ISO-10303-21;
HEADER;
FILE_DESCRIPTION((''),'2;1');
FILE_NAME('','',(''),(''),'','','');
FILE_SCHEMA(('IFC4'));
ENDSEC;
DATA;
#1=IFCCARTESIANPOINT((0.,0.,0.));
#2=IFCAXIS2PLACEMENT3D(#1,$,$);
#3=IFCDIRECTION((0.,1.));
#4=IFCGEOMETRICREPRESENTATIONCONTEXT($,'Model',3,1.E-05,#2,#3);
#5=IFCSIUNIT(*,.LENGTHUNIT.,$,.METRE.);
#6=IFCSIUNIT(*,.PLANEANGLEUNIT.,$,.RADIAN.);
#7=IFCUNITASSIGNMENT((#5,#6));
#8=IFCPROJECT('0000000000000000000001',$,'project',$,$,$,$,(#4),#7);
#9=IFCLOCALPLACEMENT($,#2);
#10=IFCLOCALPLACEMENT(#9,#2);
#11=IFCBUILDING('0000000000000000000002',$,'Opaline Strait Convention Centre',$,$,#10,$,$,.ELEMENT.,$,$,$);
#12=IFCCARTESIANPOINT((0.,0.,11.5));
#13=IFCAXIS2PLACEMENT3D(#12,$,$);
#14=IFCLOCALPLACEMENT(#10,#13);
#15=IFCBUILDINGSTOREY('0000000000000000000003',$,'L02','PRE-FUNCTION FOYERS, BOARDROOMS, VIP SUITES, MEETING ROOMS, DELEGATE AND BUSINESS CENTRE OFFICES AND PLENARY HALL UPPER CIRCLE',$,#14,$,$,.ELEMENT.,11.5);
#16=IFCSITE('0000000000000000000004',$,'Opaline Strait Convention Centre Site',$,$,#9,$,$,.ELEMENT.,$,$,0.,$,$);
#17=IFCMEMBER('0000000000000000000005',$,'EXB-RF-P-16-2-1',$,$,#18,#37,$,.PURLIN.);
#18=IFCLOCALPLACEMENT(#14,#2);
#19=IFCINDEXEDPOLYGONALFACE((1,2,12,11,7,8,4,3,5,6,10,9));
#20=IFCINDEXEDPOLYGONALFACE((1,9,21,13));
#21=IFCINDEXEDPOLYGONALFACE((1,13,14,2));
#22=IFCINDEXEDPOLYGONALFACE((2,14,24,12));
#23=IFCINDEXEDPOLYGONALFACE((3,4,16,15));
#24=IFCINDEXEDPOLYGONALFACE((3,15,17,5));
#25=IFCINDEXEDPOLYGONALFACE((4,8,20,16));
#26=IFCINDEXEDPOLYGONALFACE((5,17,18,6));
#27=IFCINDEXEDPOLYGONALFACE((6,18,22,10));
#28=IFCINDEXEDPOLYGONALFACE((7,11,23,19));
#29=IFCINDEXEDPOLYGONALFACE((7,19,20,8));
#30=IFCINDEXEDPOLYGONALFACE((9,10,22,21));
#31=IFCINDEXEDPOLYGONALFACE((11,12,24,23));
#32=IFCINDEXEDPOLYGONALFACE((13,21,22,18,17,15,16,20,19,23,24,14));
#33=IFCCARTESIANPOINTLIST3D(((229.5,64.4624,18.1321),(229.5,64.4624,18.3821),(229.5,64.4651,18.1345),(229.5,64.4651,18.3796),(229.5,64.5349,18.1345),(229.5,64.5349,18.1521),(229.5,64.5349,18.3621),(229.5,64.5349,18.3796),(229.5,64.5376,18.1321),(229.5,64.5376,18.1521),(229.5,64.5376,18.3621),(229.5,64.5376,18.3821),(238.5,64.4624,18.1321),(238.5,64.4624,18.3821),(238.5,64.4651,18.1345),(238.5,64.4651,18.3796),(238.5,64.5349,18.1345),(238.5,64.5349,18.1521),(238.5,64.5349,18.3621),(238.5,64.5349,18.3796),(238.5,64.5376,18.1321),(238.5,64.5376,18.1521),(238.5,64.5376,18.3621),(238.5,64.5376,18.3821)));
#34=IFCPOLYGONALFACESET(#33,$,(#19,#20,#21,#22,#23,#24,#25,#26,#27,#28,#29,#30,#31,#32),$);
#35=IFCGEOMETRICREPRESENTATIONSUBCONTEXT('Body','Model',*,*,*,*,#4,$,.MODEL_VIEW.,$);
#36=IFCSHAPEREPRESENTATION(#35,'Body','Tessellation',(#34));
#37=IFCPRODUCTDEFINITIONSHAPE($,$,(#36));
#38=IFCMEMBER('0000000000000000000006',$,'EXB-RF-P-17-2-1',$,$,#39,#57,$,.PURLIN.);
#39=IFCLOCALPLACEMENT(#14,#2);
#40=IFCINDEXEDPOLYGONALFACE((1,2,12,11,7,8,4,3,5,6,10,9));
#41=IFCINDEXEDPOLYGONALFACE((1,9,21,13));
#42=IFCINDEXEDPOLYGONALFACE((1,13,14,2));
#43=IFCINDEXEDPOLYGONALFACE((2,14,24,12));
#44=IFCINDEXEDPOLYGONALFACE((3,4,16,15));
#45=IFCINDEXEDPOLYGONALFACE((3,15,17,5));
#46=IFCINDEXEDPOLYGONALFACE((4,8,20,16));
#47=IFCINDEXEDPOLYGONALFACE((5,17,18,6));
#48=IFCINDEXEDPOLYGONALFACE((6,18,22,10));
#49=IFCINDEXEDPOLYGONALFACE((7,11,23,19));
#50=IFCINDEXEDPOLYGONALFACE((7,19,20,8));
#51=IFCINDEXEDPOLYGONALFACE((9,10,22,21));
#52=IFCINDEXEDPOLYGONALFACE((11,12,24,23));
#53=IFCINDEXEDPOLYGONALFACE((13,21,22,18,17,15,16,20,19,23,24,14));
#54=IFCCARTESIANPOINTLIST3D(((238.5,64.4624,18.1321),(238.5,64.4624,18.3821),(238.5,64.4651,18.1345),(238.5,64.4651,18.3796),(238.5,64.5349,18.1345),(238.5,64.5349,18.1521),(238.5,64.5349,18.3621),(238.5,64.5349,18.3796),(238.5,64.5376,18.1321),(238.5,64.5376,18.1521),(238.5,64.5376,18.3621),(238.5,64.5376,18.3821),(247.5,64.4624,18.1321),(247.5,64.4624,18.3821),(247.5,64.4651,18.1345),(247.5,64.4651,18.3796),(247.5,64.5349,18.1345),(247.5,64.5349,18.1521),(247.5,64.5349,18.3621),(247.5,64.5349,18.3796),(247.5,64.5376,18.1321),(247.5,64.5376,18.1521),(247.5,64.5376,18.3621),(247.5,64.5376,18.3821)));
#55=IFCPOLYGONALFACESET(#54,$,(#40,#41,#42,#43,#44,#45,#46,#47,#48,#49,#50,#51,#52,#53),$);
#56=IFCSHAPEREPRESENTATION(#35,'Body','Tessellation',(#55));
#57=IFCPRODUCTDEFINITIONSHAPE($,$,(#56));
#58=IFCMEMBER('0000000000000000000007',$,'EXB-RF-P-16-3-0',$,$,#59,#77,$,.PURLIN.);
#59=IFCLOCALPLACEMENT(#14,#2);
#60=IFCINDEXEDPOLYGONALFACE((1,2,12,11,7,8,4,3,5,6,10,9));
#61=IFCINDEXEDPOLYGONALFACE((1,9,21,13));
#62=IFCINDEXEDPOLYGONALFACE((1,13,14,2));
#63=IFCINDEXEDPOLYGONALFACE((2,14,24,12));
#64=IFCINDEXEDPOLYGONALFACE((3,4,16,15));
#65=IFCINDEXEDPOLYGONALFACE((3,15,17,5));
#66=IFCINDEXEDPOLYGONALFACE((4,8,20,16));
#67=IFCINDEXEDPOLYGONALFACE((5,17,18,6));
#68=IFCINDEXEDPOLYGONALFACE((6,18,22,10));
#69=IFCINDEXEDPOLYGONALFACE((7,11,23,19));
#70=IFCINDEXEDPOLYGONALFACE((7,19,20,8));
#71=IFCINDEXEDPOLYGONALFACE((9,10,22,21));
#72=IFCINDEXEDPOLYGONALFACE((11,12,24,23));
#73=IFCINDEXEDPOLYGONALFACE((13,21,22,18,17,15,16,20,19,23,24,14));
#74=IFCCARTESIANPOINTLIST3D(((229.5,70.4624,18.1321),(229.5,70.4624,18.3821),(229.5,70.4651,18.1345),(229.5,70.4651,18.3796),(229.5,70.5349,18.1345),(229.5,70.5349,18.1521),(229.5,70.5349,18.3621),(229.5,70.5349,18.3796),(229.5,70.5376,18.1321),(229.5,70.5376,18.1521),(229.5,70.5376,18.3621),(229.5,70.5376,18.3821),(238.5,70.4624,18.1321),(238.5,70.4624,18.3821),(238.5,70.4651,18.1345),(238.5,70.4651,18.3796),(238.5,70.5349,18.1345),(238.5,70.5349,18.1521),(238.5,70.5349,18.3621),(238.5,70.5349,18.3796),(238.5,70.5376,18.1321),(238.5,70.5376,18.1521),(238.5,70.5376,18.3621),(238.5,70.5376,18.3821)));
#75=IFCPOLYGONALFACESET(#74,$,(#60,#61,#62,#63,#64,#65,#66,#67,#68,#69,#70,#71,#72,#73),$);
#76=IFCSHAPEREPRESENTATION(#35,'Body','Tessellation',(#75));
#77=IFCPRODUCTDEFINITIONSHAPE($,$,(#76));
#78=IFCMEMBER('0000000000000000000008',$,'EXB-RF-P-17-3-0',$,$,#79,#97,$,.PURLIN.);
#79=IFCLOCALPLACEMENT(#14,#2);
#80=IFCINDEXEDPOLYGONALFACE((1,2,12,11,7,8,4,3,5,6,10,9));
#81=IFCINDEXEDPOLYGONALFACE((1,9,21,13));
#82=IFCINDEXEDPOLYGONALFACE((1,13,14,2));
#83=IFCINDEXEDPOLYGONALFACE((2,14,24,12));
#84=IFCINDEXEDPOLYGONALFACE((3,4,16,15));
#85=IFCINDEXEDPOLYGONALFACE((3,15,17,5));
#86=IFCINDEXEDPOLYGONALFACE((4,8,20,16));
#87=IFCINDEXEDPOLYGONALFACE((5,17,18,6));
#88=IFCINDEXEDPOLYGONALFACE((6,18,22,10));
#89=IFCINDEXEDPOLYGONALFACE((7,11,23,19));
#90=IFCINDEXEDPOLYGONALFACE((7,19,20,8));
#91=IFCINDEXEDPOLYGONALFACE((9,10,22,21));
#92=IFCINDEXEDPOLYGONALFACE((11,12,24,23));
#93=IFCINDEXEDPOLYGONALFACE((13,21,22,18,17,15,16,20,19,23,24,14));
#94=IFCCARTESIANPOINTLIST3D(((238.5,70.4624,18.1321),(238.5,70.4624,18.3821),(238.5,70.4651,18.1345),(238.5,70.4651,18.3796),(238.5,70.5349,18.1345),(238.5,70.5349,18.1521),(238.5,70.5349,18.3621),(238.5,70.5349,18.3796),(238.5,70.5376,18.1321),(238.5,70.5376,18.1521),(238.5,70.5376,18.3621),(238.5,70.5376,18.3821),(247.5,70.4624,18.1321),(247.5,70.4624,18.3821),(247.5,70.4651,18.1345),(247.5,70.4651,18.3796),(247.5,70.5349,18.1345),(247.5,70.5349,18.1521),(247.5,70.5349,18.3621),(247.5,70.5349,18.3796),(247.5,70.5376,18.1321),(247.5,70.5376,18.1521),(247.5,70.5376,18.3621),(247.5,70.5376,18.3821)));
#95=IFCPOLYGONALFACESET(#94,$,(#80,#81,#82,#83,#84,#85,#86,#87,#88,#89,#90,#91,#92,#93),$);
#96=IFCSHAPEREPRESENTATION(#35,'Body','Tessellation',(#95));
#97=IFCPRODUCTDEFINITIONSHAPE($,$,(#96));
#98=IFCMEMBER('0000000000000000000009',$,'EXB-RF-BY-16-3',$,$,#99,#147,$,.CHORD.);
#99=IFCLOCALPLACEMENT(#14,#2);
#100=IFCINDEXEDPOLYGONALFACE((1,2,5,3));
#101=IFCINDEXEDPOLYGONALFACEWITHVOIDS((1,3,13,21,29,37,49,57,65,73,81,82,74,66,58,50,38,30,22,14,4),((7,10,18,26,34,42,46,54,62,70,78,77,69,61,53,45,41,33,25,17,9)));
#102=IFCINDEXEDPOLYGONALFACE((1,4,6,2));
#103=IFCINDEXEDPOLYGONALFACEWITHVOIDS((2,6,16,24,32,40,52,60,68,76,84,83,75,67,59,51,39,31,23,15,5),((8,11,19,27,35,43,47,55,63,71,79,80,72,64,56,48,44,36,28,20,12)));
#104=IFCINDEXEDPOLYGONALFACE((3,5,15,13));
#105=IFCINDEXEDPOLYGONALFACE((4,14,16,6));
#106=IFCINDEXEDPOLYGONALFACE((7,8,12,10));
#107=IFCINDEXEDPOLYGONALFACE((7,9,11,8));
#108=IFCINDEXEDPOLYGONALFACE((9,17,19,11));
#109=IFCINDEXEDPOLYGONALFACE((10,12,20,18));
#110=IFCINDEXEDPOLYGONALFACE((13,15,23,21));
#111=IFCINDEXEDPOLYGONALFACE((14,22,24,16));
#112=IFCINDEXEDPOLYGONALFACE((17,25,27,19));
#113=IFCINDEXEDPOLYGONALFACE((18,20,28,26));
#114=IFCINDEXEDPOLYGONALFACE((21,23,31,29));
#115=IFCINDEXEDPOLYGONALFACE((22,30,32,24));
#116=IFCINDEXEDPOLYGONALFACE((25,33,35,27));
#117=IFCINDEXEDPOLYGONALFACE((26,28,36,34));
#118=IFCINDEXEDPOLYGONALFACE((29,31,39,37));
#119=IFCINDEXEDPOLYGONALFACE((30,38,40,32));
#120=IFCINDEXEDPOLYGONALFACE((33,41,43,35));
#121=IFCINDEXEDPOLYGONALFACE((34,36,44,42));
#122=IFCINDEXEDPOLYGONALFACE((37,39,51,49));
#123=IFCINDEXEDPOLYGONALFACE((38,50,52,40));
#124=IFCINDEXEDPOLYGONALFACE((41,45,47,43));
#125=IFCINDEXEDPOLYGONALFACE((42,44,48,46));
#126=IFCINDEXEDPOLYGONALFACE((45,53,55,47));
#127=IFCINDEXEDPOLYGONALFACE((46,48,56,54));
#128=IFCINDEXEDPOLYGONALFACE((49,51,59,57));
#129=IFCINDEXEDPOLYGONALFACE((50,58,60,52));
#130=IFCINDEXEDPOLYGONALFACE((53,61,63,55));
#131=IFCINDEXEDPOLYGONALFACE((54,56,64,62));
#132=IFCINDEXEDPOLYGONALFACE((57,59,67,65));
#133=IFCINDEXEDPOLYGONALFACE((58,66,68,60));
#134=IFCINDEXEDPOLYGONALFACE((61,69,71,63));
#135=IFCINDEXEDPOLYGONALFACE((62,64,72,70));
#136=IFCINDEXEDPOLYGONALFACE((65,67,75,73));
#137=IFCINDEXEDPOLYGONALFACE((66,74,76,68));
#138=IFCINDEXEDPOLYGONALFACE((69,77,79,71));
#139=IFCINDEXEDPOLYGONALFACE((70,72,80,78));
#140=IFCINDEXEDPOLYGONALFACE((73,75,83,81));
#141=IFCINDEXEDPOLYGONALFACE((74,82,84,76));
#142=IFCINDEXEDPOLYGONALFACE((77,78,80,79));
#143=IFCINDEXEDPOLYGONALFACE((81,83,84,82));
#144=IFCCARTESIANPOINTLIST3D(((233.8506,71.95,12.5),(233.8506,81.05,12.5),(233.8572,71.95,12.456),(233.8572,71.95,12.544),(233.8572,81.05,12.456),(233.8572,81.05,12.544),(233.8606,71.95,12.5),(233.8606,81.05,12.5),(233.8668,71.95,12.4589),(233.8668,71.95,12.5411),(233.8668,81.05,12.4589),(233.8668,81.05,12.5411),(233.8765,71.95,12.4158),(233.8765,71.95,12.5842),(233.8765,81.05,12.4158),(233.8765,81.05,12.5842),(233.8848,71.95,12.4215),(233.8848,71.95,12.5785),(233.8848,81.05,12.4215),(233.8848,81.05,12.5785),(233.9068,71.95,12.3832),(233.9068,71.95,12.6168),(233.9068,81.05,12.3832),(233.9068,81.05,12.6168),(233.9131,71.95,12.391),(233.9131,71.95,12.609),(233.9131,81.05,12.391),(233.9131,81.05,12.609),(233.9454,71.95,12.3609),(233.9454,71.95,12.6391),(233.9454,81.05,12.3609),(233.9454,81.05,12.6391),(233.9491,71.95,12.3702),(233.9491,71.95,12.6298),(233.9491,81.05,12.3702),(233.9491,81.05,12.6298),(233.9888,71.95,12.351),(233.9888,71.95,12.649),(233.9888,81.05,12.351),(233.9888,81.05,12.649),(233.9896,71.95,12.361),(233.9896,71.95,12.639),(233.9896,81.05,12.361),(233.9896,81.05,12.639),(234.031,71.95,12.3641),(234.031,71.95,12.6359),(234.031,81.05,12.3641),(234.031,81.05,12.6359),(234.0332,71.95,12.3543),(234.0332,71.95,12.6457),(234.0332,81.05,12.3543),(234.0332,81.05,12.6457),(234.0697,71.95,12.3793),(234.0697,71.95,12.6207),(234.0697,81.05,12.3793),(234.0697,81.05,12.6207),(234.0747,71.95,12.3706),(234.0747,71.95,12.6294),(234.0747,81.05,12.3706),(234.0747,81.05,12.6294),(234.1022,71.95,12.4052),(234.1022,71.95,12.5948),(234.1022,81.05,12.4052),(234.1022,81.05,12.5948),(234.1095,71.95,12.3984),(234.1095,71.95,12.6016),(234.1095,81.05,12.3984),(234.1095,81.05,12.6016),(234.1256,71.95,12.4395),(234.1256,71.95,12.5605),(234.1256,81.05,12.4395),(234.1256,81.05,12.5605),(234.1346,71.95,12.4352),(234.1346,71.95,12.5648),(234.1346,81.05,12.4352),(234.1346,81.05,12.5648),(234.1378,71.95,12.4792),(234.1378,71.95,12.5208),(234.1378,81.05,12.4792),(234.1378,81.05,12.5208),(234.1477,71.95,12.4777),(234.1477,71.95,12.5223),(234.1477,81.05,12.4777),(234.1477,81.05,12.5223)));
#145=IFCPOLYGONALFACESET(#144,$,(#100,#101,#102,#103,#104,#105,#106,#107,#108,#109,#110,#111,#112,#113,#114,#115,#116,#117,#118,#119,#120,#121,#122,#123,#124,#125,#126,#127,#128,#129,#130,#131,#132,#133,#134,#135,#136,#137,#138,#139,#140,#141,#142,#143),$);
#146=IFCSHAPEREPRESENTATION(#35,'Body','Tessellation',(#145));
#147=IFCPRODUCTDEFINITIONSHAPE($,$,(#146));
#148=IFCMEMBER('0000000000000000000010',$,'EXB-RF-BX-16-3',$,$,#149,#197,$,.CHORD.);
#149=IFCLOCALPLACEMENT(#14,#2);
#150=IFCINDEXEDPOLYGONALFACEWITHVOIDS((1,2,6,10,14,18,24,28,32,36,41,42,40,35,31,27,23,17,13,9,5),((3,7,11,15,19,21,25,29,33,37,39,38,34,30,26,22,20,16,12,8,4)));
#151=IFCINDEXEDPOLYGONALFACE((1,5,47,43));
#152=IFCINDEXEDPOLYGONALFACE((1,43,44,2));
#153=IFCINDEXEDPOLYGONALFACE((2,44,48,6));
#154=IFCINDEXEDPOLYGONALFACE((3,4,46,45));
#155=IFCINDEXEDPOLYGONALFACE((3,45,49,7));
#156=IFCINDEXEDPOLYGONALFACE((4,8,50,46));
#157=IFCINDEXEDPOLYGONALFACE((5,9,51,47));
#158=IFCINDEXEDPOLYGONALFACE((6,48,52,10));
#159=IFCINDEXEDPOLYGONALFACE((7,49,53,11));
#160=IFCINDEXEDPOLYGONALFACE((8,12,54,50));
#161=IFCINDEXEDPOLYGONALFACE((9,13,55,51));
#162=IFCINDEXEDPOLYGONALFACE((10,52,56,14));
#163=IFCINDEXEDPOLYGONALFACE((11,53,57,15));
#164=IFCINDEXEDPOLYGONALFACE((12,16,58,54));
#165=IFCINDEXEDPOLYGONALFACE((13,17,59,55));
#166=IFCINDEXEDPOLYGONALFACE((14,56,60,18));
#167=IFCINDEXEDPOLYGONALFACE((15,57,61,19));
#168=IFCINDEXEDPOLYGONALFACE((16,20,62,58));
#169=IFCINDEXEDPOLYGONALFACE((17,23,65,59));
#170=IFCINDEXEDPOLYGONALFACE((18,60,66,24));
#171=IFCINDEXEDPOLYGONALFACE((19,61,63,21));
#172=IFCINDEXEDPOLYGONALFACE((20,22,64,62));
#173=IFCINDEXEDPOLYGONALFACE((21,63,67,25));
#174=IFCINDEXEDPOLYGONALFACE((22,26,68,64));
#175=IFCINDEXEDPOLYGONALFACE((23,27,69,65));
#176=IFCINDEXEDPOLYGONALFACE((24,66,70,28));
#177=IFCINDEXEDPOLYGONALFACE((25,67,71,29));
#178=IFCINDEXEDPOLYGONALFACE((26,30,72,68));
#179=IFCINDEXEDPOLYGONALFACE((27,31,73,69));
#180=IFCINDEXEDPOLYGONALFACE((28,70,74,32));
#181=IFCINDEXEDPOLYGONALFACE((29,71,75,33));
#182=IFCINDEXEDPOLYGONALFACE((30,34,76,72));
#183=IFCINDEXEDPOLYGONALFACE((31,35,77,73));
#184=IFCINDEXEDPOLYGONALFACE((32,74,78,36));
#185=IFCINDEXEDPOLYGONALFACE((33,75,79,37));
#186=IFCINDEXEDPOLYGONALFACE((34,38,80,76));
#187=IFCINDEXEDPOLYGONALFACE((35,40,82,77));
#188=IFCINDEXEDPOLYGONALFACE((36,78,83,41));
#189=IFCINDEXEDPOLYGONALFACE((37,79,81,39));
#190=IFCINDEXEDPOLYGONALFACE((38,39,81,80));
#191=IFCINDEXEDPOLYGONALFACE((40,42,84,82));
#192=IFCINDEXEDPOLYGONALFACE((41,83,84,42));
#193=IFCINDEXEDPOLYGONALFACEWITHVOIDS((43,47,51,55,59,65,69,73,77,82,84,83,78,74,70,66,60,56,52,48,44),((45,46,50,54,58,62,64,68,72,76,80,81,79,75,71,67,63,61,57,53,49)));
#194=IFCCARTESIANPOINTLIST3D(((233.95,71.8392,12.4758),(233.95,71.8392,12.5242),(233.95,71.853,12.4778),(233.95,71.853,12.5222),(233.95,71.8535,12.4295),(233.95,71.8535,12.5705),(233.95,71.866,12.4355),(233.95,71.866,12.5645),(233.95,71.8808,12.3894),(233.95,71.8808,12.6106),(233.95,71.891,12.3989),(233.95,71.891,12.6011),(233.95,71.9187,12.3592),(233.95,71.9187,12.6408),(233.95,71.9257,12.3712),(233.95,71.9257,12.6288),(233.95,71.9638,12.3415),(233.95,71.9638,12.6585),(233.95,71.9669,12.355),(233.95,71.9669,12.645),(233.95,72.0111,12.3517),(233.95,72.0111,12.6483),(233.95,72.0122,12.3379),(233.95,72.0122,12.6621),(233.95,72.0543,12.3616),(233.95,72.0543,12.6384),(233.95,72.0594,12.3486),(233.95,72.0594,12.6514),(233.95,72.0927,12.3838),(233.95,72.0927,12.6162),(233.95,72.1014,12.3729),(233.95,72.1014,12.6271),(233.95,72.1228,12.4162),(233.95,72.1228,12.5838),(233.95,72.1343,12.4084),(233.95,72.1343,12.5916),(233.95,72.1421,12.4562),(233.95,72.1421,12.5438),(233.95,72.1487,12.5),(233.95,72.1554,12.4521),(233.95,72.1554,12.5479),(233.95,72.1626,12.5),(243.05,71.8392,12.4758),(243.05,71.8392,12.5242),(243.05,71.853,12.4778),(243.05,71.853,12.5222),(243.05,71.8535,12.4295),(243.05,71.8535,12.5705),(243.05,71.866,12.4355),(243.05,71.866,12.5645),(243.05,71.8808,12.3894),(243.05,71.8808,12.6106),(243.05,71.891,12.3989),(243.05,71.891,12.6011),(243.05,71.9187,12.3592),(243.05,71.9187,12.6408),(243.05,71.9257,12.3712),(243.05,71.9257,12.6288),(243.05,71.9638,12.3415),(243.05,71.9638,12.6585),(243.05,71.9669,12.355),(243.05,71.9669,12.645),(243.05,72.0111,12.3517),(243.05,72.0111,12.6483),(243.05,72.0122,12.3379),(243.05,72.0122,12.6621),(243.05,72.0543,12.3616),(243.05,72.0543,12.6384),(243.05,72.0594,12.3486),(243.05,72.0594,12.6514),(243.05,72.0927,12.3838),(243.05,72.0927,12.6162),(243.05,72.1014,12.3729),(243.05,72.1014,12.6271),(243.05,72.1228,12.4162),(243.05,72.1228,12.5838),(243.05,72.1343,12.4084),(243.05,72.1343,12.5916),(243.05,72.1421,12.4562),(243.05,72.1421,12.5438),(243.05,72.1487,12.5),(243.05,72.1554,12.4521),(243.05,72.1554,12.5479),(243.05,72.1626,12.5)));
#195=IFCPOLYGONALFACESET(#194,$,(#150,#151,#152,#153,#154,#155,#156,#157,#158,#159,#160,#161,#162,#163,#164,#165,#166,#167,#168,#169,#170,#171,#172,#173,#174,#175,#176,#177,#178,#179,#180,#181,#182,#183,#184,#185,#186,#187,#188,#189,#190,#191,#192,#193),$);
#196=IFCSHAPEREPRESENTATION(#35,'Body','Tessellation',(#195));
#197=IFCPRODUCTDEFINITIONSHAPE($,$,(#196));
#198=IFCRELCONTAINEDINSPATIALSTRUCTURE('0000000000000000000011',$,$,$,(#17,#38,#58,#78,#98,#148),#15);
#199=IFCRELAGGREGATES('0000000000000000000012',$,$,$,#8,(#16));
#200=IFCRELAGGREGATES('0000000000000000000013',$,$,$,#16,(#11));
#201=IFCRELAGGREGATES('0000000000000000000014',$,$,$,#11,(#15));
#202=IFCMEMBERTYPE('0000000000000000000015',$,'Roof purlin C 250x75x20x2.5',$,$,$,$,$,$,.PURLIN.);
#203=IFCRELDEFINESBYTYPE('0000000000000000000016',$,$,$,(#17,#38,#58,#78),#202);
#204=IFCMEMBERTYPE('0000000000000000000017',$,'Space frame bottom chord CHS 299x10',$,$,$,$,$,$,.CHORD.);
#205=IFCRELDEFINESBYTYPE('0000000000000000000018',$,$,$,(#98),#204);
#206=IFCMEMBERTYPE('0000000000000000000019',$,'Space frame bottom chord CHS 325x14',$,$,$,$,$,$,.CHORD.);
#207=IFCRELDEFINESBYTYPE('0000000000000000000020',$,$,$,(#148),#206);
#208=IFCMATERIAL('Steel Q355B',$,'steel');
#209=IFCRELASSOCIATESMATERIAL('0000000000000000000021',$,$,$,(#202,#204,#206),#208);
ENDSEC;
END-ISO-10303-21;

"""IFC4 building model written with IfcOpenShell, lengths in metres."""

from ifc_helpers import new_model, si_unit, direction, frame, origin, origin_2d, place, context, subcontext, project, spatial, polyline, hollow_circle, outline, extrude, material, material_profile, profile_set, type_object, element, save


model = new_model("IFC4")

# Units and contexts
model_context = context("Model", 3, precision=1e-05, world=origin(), true_north=direction((0.0, 1.0)))
body_context = subcontext(model_context, "Body", "Model", "MODEL_VIEW")
ifc_project = project(units=[si_unit("LENGTHUNIT", "METRE"), si_unit("PLANEANGLEUNIT", "RADIAN")], contexts=[model_context])

# Site, building, storey
site_placement = place(None, origin())
site = spatial("IfcSite", under=ifc_project, at=site_placement, Name="Opaline Strait Convention Centre Site", CompositionType="ELEMENT", RefElevation=0.0)
building_placement = place(site_placement, origin())
building = spatial("IfcBuilding", under=site, at=building_placement, Name="Opaline Strait Convention Centre", CompositionType="ELEMENT")
storey_placement = place(building_placement, frame((0.0, 0.0, 11.5)))
storey = spatial("IfcBuildingStorey", under=building, at=storey_placement, Name="L02", Description="PRE-FUNCTION FOYERS, BOARDROOMS, VIP SUITES, MEETING ROOMS, DELEGATE AND BUSINESS CENTRE OFFICES AND PLENARY HALL UPPER CIRCLE", CompositionType="ELEMENT", Elevation=11.5)

# Members
ifc_material_1 = material(Name="Steel Q355B", Category="steel")
ifc_material_profile_1 = material_profile(ifc_material_1, outline(polyline([(-0.0376, -0.125), (0.0376, -0.125), (0.0376, -0.105), (0.0349, -0.105), (0.0349, -0.1226), (-0.0349, -0.1226), (-0.0349, 0.1226), (0.0349, 0.1226), (0.0349, 0.105), (0.0376, 0.105), (0.0376, 0.125), (-0.0376, 0.125), (-0.0376, -0.125)])), Name="C 250x75x20x2.5")
ifc_profile_set_1 = profile_set([ifc_material_profile_1], Name="Steel Q355B")
member_type_1 = type_object("IfcMemberType", Name="Roof purlin C 250x75x20x2.5", PredefinedType="PURLIN", material=ifc_profile_set_1)
for number, where, z_axis, x_axis, name in (
    (1, (229.5, 64.5, 18.2571), (1.0, 0.0, 0.0), (0.0, 1.0, 0.0), "EXB-RF-P-16-2-1"),
    (2, (238.5, 64.5, 18.2571), (1.0, 0.0, 0.0), (0.0, 1.0, 0.0), "EXB-RF-P-17-2-1"),
    (3, (229.5, 70.5, 18.2571), (1.0, 0.0, 0.0), (0.0, 1.0, 0.0), "EXB-RF-P-16-3-0"),
    (4, (238.5, 70.5, 18.2571), (1.0, 0.0, 0.0), (0.0, 1.0, 0.0), "EXB-RF-P-17-3-0"),
):
    element("IfcMember", number, at=place(storey_placement, frame(where, z_axis=z_axis, x_axis=x_axis)), inside=storey, type_object=member_type_1, Name=name, PredefinedType="PURLIN", context=body_context, shape_type="SweptSolid", body=[
        extrude(outline(polyline([(-0.0376, -0.125), (0.0376, -0.125), (0.0376, -0.105), (0.0349, -0.105), (0.0349, -0.1226), (-0.0349, -0.1226), (-0.0349, 0.1226), (0.0349, 0.1226), (0.0349, 0.105), (0.0376, 0.105), (0.0376, 0.125), (-0.0376, 0.125), (-0.0376, -0.125)])), origin(), (0.0, 0.0, 1.0), 9.0),
    ])
ifc_material_profile_2 = material_profile(ifc_material_1, hollow_circle(Radius=0.1494, WallThickness=0.01, at=origin_2d()), Name="CHS 299x10")
ifc_profile_set_2 = profile_set([ifc_material_profile_2], Name="Steel Q355B")
member_type_2 = type_object("IfcMemberType", Name="Space frame bottom chord CHS 299x10", PredefinedType="CHORD", material=ifc_profile_set_2)
member_1_placement = place(storey_placement, frame((234.0, 71.95, 12.5), z_axis=(0.0, 1.0, 0.0), x_axis=(-1.0, 0.0, 0.0)))
element("IfcMember", 5, at=member_1_placement, inside=storey, type_object=member_type_2, Name="EXB-RF-BY-16-3", PredefinedType="CHORD", context=body_context, shape_type="SweptSolid", body=[
    extrude(hollow_circle(Radius=0.1494, WallThickness=0.01, at=origin_2d()), origin(), (0.0, 0.0, 1.0), 9.1001),
])
ifc_material_profile_3 = material_profile(ifc_material_1, hollow_circle(Radius=0.1626, WallThickness=0.0139, at=origin_2d()), Name="CHS 325x14")
ifc_profile_set_3 = profile_set([ifc_material_profile_3], Name="Steel Q355B")
member_type_3 = type_object("IfcMemberType", Name="Space frame bottom chord CHS 325x14", PredefinedType="CHORD", material=ifc_profile_set_3)
for number, where, z_axis, x_axis, name in (
    (6, (233.95, 72.0, 12.5), (1.0, 0.0, 0.0), (0.0, 1.0, 0.0), "EXB-RF-BX-16-3"),
):
    element("IfcMember", number, at=place(storey_placement, frame(where, z_axis=z_axis, x_axis=x_axis)), inside=storey, type_object=member_type_3, Name=name, PredefinedType="CHORD", context=body_context, shape_type="SweptSolid", body=[
        extrude(hollow_circle(Radius=0.1626, WallThickness=0.0139, at=origin_2d()), origin(), (0.0, 0.0, 1.0), 9.1001),
    ])

save(model, "model.ifc")
